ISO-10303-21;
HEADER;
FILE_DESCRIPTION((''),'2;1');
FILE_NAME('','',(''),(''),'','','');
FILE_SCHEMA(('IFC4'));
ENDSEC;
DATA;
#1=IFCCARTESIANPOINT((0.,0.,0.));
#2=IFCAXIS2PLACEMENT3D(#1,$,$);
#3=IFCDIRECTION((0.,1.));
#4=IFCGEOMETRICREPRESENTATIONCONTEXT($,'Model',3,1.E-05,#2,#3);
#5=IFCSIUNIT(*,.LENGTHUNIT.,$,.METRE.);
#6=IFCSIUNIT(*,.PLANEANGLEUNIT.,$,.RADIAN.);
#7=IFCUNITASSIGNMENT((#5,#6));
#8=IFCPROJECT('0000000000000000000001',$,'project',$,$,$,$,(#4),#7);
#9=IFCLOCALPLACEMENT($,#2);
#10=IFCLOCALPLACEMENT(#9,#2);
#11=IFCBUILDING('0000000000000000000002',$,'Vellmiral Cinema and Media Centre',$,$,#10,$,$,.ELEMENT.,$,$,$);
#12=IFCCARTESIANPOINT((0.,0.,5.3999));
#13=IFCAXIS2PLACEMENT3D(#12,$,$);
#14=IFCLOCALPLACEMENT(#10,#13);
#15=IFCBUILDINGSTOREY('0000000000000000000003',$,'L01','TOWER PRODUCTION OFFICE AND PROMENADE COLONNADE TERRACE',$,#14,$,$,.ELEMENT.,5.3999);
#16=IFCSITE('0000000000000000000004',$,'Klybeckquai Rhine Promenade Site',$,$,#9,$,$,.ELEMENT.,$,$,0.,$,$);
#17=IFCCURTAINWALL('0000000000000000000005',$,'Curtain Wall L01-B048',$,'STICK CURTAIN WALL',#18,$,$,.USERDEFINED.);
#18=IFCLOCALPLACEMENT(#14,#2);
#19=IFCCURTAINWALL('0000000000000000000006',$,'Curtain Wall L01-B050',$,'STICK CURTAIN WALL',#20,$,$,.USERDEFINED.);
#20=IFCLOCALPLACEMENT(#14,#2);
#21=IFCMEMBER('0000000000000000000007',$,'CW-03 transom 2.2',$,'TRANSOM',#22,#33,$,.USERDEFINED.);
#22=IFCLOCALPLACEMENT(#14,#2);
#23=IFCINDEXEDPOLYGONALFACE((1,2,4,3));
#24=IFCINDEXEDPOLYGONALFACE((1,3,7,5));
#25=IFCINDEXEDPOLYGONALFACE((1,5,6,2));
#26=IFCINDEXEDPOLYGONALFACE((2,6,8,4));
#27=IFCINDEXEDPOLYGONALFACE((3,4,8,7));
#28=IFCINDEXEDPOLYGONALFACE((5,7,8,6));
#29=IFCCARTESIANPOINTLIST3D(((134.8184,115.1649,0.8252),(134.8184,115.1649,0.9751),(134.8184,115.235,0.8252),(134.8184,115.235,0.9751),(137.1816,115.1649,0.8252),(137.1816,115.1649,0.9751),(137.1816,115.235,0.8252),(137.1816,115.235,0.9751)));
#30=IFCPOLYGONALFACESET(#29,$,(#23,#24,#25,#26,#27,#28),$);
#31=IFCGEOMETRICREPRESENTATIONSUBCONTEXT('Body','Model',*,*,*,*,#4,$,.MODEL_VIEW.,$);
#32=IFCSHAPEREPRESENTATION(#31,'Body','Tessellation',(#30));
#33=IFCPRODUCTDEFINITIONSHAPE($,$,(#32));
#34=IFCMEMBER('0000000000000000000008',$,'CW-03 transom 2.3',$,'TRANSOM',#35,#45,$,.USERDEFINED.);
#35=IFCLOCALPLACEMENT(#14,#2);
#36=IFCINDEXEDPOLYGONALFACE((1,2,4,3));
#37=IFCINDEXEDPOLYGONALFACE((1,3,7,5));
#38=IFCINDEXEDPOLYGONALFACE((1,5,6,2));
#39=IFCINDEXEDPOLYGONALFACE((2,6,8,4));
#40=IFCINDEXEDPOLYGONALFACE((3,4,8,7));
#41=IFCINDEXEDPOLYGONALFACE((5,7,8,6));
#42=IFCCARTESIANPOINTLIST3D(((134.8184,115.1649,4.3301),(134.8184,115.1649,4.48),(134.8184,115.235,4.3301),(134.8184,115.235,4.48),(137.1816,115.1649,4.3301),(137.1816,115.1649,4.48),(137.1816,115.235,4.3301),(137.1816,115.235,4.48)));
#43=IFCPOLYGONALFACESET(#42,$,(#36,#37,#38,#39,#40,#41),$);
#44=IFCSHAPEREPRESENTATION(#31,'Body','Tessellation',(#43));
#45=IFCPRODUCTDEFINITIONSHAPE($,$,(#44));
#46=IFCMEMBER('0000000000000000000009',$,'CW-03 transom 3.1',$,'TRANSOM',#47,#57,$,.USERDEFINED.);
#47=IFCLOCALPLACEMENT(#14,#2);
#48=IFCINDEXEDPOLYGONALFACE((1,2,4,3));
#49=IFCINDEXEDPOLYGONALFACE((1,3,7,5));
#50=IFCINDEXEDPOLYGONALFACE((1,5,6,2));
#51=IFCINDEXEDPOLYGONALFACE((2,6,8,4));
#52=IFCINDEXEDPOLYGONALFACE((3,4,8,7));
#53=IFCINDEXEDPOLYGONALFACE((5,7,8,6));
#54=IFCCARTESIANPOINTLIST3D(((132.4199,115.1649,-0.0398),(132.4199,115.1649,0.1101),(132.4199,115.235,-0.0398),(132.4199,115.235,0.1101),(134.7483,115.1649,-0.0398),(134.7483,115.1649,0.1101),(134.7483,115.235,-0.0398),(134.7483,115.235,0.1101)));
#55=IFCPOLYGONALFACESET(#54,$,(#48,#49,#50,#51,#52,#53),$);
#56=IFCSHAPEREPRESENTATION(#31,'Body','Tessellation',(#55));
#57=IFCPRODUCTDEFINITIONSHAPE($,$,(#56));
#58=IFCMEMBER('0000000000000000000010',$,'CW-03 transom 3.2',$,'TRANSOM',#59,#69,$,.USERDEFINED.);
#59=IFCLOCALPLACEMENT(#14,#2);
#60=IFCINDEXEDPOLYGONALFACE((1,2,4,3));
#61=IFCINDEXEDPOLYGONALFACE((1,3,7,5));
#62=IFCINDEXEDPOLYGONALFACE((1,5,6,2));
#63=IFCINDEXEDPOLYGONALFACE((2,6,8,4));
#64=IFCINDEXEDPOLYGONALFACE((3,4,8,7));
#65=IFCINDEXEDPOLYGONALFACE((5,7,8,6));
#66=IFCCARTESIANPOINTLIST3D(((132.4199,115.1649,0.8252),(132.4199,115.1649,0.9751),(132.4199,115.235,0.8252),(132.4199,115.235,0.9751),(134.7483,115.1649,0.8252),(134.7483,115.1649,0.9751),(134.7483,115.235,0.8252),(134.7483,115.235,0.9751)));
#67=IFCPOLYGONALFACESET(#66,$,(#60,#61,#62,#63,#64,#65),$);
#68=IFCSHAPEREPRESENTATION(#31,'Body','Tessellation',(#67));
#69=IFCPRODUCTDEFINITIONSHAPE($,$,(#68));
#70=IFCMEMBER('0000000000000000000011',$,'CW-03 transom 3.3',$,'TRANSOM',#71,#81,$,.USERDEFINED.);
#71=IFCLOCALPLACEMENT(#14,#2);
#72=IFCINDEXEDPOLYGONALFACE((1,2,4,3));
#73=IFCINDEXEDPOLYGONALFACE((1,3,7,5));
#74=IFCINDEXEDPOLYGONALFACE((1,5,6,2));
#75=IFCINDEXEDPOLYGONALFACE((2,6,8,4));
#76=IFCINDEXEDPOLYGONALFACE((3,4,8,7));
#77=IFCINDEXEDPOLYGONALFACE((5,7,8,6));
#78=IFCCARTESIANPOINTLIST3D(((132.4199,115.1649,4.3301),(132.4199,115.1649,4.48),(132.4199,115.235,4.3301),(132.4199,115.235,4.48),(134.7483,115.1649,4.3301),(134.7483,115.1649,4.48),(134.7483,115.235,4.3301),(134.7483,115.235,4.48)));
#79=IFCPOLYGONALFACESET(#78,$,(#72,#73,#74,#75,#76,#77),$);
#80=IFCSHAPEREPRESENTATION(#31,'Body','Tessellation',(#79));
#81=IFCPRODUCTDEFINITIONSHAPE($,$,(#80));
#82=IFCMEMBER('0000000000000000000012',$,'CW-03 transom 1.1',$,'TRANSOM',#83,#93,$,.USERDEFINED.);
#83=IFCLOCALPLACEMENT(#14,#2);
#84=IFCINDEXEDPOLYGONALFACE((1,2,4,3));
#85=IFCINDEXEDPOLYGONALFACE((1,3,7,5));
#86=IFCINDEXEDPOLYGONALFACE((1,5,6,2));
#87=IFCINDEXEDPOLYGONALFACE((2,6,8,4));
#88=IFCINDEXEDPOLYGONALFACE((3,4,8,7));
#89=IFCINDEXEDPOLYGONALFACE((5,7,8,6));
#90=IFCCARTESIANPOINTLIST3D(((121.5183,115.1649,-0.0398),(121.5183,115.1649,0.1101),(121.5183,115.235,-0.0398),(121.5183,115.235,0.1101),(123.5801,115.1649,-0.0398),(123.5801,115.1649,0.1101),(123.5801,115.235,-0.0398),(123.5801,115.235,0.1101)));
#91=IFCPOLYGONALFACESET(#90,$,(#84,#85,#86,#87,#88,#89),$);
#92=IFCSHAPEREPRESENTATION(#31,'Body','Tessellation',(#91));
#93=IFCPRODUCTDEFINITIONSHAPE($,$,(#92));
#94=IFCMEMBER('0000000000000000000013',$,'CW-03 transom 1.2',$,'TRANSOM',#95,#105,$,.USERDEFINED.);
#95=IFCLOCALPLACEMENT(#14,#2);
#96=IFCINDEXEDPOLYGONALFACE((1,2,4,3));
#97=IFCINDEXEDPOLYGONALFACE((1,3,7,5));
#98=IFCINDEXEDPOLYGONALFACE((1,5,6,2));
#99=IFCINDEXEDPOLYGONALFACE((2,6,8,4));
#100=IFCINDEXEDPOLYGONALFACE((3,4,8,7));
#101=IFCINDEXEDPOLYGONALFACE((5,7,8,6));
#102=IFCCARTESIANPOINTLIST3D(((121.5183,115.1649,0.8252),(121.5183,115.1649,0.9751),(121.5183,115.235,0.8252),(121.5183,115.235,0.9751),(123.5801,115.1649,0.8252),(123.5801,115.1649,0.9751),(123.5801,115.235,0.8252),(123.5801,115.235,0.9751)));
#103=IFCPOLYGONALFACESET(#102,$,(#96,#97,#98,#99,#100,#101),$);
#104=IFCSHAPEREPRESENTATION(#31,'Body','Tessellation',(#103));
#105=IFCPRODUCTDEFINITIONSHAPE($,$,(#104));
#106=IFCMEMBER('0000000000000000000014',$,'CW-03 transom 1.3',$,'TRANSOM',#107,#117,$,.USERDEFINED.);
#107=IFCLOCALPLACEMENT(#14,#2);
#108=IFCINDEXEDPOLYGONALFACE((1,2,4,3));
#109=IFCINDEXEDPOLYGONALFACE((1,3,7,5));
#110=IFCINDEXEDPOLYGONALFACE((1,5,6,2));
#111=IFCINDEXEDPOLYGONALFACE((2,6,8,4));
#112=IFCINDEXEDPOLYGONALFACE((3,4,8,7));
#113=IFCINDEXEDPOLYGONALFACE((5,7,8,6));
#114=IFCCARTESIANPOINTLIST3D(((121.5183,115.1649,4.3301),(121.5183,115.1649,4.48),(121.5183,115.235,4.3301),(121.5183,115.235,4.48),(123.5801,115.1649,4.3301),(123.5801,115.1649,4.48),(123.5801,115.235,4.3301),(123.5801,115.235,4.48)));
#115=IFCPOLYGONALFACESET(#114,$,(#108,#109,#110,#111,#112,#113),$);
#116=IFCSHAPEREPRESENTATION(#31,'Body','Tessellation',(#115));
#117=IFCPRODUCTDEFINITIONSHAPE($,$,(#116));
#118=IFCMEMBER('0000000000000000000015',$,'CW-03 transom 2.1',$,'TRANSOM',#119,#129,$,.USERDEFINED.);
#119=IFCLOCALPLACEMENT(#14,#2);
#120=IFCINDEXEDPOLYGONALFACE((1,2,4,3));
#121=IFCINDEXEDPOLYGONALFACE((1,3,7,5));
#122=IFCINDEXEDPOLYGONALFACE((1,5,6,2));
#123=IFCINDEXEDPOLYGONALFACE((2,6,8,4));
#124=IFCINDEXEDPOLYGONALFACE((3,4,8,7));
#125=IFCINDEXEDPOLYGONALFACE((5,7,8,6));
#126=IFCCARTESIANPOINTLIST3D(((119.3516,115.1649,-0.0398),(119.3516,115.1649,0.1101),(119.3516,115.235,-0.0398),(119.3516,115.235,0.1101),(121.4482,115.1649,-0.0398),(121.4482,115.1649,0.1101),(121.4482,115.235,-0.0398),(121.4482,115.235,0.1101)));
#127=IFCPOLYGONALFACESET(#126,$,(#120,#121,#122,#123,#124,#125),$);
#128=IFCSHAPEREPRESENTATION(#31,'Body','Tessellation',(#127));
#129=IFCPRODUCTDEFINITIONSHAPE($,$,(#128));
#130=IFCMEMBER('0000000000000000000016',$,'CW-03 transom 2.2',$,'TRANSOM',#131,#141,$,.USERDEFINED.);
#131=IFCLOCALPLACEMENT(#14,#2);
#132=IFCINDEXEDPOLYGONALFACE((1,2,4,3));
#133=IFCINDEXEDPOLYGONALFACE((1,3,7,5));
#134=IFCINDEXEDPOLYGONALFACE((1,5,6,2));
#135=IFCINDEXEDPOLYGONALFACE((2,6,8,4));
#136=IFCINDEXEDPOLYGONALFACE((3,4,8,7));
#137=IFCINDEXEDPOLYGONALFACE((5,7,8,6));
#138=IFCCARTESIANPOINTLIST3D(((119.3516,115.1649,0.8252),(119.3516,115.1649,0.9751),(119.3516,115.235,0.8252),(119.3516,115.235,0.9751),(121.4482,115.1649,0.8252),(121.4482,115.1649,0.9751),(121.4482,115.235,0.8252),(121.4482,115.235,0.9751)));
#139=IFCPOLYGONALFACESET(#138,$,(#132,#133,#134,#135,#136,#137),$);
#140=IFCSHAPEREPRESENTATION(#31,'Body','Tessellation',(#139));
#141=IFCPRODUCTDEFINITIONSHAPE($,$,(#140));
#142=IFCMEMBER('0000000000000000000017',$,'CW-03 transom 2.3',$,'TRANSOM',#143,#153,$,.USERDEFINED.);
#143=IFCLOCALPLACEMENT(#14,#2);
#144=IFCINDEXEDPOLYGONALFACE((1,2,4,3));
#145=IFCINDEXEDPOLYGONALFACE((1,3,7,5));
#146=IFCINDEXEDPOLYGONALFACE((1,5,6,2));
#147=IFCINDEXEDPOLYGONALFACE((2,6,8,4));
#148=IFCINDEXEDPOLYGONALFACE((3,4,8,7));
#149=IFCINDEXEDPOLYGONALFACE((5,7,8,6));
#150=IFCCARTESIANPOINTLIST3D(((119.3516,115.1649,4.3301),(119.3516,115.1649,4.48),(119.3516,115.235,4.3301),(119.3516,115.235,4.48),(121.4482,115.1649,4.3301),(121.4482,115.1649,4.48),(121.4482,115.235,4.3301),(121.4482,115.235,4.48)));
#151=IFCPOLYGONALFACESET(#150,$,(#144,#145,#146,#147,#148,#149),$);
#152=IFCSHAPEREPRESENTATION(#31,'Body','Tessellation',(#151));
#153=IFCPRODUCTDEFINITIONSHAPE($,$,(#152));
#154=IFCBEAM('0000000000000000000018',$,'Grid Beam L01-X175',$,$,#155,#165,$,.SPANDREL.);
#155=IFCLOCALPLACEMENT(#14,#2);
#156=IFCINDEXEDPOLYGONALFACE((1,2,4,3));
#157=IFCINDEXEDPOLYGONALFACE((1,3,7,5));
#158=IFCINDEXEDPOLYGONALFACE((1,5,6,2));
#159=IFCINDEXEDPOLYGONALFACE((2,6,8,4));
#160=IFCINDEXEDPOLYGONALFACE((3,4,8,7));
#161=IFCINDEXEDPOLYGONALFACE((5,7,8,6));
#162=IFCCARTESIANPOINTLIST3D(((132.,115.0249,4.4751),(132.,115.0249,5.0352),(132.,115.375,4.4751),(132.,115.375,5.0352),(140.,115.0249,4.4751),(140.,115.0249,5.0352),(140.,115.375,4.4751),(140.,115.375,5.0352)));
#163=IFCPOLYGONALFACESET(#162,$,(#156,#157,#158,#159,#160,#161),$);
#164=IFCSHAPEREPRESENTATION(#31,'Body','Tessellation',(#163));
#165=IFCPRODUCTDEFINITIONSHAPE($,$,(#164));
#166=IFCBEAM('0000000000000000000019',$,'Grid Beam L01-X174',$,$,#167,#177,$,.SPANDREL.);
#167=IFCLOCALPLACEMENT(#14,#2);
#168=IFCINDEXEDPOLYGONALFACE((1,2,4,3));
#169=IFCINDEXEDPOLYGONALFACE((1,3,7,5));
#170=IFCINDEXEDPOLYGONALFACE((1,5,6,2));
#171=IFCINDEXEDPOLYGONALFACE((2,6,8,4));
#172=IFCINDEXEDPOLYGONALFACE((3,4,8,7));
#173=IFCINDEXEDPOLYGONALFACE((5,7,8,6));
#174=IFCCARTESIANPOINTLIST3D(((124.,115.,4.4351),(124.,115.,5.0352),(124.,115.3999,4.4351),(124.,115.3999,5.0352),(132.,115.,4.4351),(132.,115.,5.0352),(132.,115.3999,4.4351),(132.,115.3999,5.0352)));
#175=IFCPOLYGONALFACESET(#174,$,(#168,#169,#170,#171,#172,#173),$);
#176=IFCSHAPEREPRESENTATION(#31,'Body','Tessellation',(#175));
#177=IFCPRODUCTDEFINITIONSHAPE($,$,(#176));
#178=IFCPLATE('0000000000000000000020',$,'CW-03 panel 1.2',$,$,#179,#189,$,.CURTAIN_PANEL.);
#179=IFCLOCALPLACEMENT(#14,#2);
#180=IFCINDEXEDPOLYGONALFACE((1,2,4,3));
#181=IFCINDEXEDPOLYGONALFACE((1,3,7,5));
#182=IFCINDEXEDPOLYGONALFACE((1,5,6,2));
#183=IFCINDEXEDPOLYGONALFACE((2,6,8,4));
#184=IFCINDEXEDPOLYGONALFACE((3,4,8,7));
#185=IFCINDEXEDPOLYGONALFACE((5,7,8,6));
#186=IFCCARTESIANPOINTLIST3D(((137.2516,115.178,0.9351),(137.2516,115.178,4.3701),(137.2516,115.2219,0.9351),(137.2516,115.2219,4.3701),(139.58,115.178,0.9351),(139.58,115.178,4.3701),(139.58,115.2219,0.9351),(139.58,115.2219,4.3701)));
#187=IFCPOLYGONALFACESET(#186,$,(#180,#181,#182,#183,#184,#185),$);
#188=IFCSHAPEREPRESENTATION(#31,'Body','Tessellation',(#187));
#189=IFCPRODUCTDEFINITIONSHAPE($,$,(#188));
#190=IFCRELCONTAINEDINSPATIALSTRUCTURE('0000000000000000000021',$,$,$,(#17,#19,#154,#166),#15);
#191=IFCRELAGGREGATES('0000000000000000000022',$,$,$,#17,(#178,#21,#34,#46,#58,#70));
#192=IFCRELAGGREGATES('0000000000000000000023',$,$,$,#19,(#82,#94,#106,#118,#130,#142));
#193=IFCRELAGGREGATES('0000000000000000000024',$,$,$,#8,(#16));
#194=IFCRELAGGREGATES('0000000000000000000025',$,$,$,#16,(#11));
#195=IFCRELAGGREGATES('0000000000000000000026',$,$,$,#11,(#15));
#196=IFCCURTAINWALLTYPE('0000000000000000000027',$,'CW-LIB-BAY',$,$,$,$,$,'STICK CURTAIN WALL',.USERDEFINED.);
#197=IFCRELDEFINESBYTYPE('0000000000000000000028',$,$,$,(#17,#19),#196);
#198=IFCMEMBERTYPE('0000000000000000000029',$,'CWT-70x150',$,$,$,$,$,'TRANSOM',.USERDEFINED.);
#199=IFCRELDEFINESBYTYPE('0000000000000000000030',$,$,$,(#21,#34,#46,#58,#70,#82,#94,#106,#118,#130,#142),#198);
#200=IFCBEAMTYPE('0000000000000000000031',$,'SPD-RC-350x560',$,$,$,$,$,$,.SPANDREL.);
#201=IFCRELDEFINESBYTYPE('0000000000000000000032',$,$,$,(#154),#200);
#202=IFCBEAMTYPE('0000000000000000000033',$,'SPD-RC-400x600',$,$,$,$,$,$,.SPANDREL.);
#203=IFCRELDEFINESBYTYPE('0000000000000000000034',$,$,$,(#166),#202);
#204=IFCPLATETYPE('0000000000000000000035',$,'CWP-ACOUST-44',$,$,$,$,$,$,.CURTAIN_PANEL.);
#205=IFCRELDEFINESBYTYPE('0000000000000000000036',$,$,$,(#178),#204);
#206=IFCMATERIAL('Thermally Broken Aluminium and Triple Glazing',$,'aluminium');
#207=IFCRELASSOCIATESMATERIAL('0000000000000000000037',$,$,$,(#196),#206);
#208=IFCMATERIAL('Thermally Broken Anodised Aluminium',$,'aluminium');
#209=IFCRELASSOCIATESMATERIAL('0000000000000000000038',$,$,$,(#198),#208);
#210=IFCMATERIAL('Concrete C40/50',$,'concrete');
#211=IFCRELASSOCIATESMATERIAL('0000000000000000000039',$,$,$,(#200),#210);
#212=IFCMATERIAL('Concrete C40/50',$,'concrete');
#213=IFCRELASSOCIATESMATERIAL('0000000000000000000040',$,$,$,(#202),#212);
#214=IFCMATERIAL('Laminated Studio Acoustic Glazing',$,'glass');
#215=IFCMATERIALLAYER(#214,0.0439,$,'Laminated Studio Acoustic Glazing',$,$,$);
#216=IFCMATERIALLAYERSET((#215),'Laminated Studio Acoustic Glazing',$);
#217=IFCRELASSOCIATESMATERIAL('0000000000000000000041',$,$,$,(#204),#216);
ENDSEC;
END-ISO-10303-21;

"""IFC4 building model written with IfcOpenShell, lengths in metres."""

from ifc_helpers import new_model, si_unit, direction, frame, origin, origin_2d, place, context, subcontext, project, spatial, rectangle, extrude, material, layer, layer_set, material_profile, profile_set, type_object, element, aggregate, save


model = new_model("IFC4")

# Units and contexts
model_context = context("Model", 3, precision=1e-05, world=origin(), true_north=direction((0.0, 1.0)))
body_context = subcontext(model_context, "Body", "Model", "MODEL_VIEW")
ifc_project = project(units=[si_unit("LENGTHUNIT", "METRE"), si_unit("PLANEANGLEUNIT", "RADIAN")], contexts=[model_context])

# Site, building, storey
site_placement = place(None, origin())
site = spatial("IfcSite", under=ifc_project, at=site_placement, Name="Klybeckquai Rhine Promenade Site", CompositionType="ELEMENT", RefElevation=0.0)
building_placement = place(site_placement, origin())
building = spatial("IfcBuilding", under=site, at=building_placement, Name="Vellmiral Cinema and Media Centre", CompositionType="ELEMENT")
storey_placement = place(building_placement, frame((0.0, 0.0, 5.3999)))
storey = spatial("IfcBuildingStorey", under=building, at=storey_placement, Name="L01", Description="TOWER PRODUCTION OFFICE AND PROMENADE COLONNADE TERRACE", CompositionType="ELEMENT", Elevation=5.3999)

# Curtain walls
ifc_material_1 = material(Name="Thermally Broken Aluminium and Triple Glazing", Category="aluminium")
curtain_wall_type = type_object("IfcCurtainWallType", Name="CW-LIB-BAY", ElementType="STICK CURTAIN WALL", PredefinedType="USERDEFINED", material=ifc_material_1)
curtain_wall_1_placement = place(storey_placement, origin())
curtain_wall_1 = element("IfcCurtainWall", 1, at=curtain_wall_1_placement, inside=storey, type_object=curtain_wall_type, Name="Curtain Wall L01-B048", ObjectType="STICK CURTAIN WALL", PredefinedType="USERDEFINED")
curtain_wall_2_placement = place(storey_placement, origin())
curtain_wall_2 = element("IfcCurtainWall", 2, at=curtain_wall_2_placement, inside=storey, type_object=curtain_wall_type, Name="Curtain Wall L01-B050", ObjectType="STICK CURTAIN WALL", PredefinedType="USERDEFINED")

# Members
ifc_material_2 = material(Name="Thermally Broken Anodised Aluminium", Category="aluminium")
ifc_material_profile_1 = material_profile(ifc_material_2, rectangle(XDim=0.0701, YDim=0.1499, at=origin_2d()), Name="MULL 70x150")
ifc_profile_set_1 = profile_set([ifc_material_profile_1], Name="Thermally Broken Anodised Aluminium")
member_type_1 = type_object("IfcMemberType", Name="CWT-70x150", ElementType="TRANSOM", PredefinedType="USERDEFINED", material=ifc_profile_set_1)
member_1_placement = place(storey_placement, frame((137.1816, 115.2, 0.9001), z_axis=(-1.0, 0.0, 0.0), x_axis=(0.0, -1.0, 0.0)))
member_1 = element("IfcMember", 3, at=member_1_placement, type_object=member_type_1, Name="CW-03 transom 2.2", ObjectType="TRANSOM", PredefinedType="USERDEFINED", context=body_context, shape_type="SweptSolid", body=[
    extrude(rectangle(XDim=0.0701, YDim=0.1499, at=origin_2d()), origin(), (0.0, 0.0, 1.0), 2.3633),
])
member_2_placement = place(storey_placement, frame((137.1816, 115.2, 4.405), z_axis=(-1.0, 0.0, 0.0), x_axis=(0.0, -1.0, 0.0)))
member_2 = element("IfcMember", 4, at=member_2_placement, type_object=member_type_1, Name="CW-03 transom 2.3", ObjectType="TRANSOM", PredefinedType="USERDEFINED", context=body_context, shape_type="SweptSolid", body=[
    extrude(rectangle(XDim=0.0701, YDim=0.1499, at=origin_2d()), origin(), (0.0, 0.0, 1.0), 2.3633),
])
member_3_placement = place(storey_placement, frame((134.7483, 115.2, 0.0352), z_axis=(-1.0, 0.0, 0.0), x_axis=(0.0, -1.0, 0.0)))
member_3 = element("IfcMember", 5, at=member_3_placement, type_object=member_type_1, Name="CW-03 transom 3.1", ObjectType="TRANSOM", PredefinedType="USERDEFINED", context=body_context, shape_type="SweptSolid", body=[
    extrude(rectangle(XDim=0.0701, YDim=0.1499, at=origin_2d()), origin(), (0.0, 0.0, 1.0), 2.3284),
])
member_4_placement = place(storey_placement, frame((134.7483, 115.2, 0.9001), z_axis=(-1.0, 0.0, 0.0), x_axis=(0.0, -1.0, 0.0)))
member_4 = element("IfcMember", 6, at=member_4_placement, type_object=member_type_1, Name="CW-03 transom 3.2", ObjectType="TRANSOM", PredefinedType="USERDEFINED", context=body_context, shape_type="SweptSolid", body=[
    extrude(rectangle(XDim=0.0701, YDim=0.1499, at=origin_2d()), origin(), (0.0, 0.0, 1.0), 2.3284),
])
member_5_placement = place(storey_placement, frame((134.7483, 115.2, 4.405), z_axis=(-1.0, 0.0, 0.0), x_axis=(0.0, -1.0, 0.0)))
member_5 = element("IfcMember", 7, at=member_5_placement, type_object=member_type_1, Name="CW-03 transom 3.3", ObjectType="TRANSOM", PredefinedType="USERDEFINED", context=body_context, shape_type="SweptSolid", body=[
    extrude(rectangle(XDim=0.0701, YDim=0.1499, at=origin_2d()), origin(), (0.0, 0.0, 1.0), 2.3284),
])
member_6_placement = place(storey_placement, frame((123.5801, 115.2, 0.0352), z_axis=(-1.0, 0.0, 0.0), x_axis=(0.0, -1.0, 0.0)))
member_6 = element("IfcMember", 8, at=member_6_placement, type_object=member_type_1, Name="CW-03 transom 1.1", ObjectType="TRANSOM", PredefinedType="USERDEFINED", context=body_context, shape_type="SweptSolid", body=[
    extrude(rectangle(XDim=0.0701, YDim=0.1499, at=origin_2d()), origin(), (0.0, 0.0, 1.0), 2.0618),
])
member_7_placement = place(storey_placement, frame((123.5801, 115.2, 0.9001), z_axis=(-1.0, 0.0, 0.0), x_axis=(0.0, -1.0, 0.0)))
member_7 = element("IfcMember", 9, at=member_7_placement, type_object=member_type_1, Name="CW-03 transom 1.2", ObjectType="TRANSOM", PredefinedType="USERDEFINED", context=body_context, shape_type="SweptSolid", body=[
    extrude(rectangle(XDim=0.0701, YDim=0.1499, at=origin_2d()), origin(), (0.0, 0.0, 1.0), 2.0618),
])
member_8_placement = place(storey_placement, frame((123.5801, 115.2, 4.405), z_axis=(-1.0, 0.0, 0.0), x_axis=(0.0, -1.0, 0.0)))
member_8 = element("IfcMember", 10, at=member_8_placement, type_object=member_type_1, Name="CW-03 transom 1.3", ObjectType="TRANSOM", PredefinedType="USERDEFINED", context=body_context, shape_type="SweptSolid", body=[
    extrude(rectangle(XDim=0.0701, YDim=0.1499, at=origin_2d()), origin(), (0.0, 0.0, 1.0), 2.0618),
])
member_9_placement = place(storey_placement, frame((121.4482, 115.2, 0.0352), z_axis=(-1.0, 0.0, 0.0), x_axis=(0.0, -1.0, 0.0)))
member_9 = element("IfcMember", 11, at=member_9_placement, type_object=member_type_1, Name="CW-03 transom 2.1", ObjectType="TRANSOM", PredefinedType="USERDEFINED", context=body_context, shape_type="SweptSolid", body=[
    extrude(rectangle(XDim=0.0701, YDim=0.1499, at=origin_2d()), origin(), (0.0, 0.0, 1.0), 2.0967),
])
member_10_placement = place(storey_placement, frame((121.4482, 115.2, 0.9001), z_axis=(-1.0, 0.0, 0.0), x_axis=(0.0, -1.0, 0.0)))
member_10 = element("IfcMember", 12, at=member_10_placement, type_object=member_type_1, Name="CW-03 transom 2.2", ObjectType="TRANSOM", PredefinedType="USERDEFINED", context=body_context, shape_type="SweptSolid", body=[
    extrude(rectangle(XDim=0.0701, YDim=0.1499, at=origin_2d()), origin(), (0.0, 0.0, 1.0), 2.0967),
])
member_11_placement = place(storey_placement, frame((121.4482, 115.2, 4.405), z_axis=(-1.0, 0.0, 0.0), x_axis=(0.0, -1.0, 0.0)))
member_11 = element("IfcMember", 13, at=member_11_placement, type_object=member_type_1, Name="CW-03 transom 2.3", ObjectType="TRANSOM", PredefinedType="USERDEFINED", context=body_context, shape_type="SweptSolid", body=[
    extrude(rectangle(XDim=0.0701, YDim=0.1499, at=origin_2d()), origin(), (0.0, 0.0, 1.0), 2.0967),
])

# Beams
ifc_material_3 = material(Name="Concrete C40/50", Category="concrete")
ifc_material_profile_2 = material_profile(ifc_material_3, rectangle(XDim=0.3501, YDim=0.5601, at=origin_2d()), Name="RC 350x560")
ifc_profile_set_2 = profile_set([ifc_material_profile_2], Name="Concrete C40/50")
beam_type_1 = type_object("IfcBeamType", Name="SPD-RC-350x560", PredefinedType="SPANDREL", material=ifc_profile_set_2)
beam_1_placement = place(storey_placement, frame((132.0, 115.2, 4.7551), z_axis=(1.0, 0.0, 0.0), x_axis=(0.0, 1.0, 0.0)))
element("IfcBeam", 14, at=beam_1_placement, inside=storey, type_object=beam_type_1, Name="Grid Beam L01-X175", PredefinedType="SPANDREL", context=body_context, shape_type="SweptSolid", body=[
    extrude(rectangle(XDim=0.3501, YDim=0.5601, at=origin_2d()), origin(), (0.0, 0.0, 1.0), 8.0),
])
ifc_material_4 = material(Name="Concrete C40/50", Category="concrete")
ifc_material_profile_3 = material_profile(ifc_material_4, rectangle(XDim=0.3999, YDim=0.6001, at=origin_2d()), Name="RC 400x600")
ifc_profile_set_3 = profile_set([ifc_material_profile_3], Name="Concrete C40/50")
beam_type_2 = type_object("IfcBeamType", Name="SPD-RC-400x600", PredefinedType="SPANDREL", material=ifc_profile_set_3)
beam_2_placement = place(storey_placement, frame((124.0, 115.2, 4.7351), z_axis=(1.0, 0.0, 0.0), x_axis=(0.0, 1.0, 0.0)))
element("IfcBeam", 15, at=beam_2_placement, inside=storey, type_object=beam_type_2, Name="Grid Beam L01-X174", PredefinedType="SPANDREL", context=body_context, shape_type="SweptSolid", body=[
    extrude(rectangle(XDim=0.3999, YDim=0.6001, at=origin_2d()), origin(), (0.0, 0.0, 1.0), 8.0),
])

# Plate
ifc_material_5 = material(Name="Laminated Studio Acoustic Glazing", Category="glass")
ifc_layer_1 = layer(ifc_material_5, 0.0439, Name="Laminated Studio Acoustic Glazing")
ifc_layer_set_1 = layer_set([ifc_layer_1], Name="Laminated Studio Acoustic Glazing")
plate_type_1 = type_object("IfcPlateType", Name="CWP-ACOUST-44", PredefinedType="CURTAIN_PANEL", material=ifc_layer_set_1)
plate_1_placement = place(storey_placement, frame((138.4158, 115.2, 0.9351), z_axis=(0.0, 0.0, 1.0), x_axis=(-1.0, 0.0, 0.0)))
plate_1 = element("IfcPlate", 16, at=plate_1_placement, type_object=plate_type_1, Name="CW-03 panel 1.2", PredefinedType="CURTAIN_PANEL", context=body_context, shape_type="SweptSolid", body=[
    extrude(rectangle(XDim=2.3284, YDim=0.0439, at=origin_2d()), origin(), (0.0, 0.0, 1.0), 3.4351),
])
aggregate(curtain_wall_1, [plate_1, member_1, member_2, member_3, member_4, member_5])
aggregate(curtain_wall_2, [member_6, member_7, member_8, member_9, member_10, member_11])

save(model, "model.ifc")
